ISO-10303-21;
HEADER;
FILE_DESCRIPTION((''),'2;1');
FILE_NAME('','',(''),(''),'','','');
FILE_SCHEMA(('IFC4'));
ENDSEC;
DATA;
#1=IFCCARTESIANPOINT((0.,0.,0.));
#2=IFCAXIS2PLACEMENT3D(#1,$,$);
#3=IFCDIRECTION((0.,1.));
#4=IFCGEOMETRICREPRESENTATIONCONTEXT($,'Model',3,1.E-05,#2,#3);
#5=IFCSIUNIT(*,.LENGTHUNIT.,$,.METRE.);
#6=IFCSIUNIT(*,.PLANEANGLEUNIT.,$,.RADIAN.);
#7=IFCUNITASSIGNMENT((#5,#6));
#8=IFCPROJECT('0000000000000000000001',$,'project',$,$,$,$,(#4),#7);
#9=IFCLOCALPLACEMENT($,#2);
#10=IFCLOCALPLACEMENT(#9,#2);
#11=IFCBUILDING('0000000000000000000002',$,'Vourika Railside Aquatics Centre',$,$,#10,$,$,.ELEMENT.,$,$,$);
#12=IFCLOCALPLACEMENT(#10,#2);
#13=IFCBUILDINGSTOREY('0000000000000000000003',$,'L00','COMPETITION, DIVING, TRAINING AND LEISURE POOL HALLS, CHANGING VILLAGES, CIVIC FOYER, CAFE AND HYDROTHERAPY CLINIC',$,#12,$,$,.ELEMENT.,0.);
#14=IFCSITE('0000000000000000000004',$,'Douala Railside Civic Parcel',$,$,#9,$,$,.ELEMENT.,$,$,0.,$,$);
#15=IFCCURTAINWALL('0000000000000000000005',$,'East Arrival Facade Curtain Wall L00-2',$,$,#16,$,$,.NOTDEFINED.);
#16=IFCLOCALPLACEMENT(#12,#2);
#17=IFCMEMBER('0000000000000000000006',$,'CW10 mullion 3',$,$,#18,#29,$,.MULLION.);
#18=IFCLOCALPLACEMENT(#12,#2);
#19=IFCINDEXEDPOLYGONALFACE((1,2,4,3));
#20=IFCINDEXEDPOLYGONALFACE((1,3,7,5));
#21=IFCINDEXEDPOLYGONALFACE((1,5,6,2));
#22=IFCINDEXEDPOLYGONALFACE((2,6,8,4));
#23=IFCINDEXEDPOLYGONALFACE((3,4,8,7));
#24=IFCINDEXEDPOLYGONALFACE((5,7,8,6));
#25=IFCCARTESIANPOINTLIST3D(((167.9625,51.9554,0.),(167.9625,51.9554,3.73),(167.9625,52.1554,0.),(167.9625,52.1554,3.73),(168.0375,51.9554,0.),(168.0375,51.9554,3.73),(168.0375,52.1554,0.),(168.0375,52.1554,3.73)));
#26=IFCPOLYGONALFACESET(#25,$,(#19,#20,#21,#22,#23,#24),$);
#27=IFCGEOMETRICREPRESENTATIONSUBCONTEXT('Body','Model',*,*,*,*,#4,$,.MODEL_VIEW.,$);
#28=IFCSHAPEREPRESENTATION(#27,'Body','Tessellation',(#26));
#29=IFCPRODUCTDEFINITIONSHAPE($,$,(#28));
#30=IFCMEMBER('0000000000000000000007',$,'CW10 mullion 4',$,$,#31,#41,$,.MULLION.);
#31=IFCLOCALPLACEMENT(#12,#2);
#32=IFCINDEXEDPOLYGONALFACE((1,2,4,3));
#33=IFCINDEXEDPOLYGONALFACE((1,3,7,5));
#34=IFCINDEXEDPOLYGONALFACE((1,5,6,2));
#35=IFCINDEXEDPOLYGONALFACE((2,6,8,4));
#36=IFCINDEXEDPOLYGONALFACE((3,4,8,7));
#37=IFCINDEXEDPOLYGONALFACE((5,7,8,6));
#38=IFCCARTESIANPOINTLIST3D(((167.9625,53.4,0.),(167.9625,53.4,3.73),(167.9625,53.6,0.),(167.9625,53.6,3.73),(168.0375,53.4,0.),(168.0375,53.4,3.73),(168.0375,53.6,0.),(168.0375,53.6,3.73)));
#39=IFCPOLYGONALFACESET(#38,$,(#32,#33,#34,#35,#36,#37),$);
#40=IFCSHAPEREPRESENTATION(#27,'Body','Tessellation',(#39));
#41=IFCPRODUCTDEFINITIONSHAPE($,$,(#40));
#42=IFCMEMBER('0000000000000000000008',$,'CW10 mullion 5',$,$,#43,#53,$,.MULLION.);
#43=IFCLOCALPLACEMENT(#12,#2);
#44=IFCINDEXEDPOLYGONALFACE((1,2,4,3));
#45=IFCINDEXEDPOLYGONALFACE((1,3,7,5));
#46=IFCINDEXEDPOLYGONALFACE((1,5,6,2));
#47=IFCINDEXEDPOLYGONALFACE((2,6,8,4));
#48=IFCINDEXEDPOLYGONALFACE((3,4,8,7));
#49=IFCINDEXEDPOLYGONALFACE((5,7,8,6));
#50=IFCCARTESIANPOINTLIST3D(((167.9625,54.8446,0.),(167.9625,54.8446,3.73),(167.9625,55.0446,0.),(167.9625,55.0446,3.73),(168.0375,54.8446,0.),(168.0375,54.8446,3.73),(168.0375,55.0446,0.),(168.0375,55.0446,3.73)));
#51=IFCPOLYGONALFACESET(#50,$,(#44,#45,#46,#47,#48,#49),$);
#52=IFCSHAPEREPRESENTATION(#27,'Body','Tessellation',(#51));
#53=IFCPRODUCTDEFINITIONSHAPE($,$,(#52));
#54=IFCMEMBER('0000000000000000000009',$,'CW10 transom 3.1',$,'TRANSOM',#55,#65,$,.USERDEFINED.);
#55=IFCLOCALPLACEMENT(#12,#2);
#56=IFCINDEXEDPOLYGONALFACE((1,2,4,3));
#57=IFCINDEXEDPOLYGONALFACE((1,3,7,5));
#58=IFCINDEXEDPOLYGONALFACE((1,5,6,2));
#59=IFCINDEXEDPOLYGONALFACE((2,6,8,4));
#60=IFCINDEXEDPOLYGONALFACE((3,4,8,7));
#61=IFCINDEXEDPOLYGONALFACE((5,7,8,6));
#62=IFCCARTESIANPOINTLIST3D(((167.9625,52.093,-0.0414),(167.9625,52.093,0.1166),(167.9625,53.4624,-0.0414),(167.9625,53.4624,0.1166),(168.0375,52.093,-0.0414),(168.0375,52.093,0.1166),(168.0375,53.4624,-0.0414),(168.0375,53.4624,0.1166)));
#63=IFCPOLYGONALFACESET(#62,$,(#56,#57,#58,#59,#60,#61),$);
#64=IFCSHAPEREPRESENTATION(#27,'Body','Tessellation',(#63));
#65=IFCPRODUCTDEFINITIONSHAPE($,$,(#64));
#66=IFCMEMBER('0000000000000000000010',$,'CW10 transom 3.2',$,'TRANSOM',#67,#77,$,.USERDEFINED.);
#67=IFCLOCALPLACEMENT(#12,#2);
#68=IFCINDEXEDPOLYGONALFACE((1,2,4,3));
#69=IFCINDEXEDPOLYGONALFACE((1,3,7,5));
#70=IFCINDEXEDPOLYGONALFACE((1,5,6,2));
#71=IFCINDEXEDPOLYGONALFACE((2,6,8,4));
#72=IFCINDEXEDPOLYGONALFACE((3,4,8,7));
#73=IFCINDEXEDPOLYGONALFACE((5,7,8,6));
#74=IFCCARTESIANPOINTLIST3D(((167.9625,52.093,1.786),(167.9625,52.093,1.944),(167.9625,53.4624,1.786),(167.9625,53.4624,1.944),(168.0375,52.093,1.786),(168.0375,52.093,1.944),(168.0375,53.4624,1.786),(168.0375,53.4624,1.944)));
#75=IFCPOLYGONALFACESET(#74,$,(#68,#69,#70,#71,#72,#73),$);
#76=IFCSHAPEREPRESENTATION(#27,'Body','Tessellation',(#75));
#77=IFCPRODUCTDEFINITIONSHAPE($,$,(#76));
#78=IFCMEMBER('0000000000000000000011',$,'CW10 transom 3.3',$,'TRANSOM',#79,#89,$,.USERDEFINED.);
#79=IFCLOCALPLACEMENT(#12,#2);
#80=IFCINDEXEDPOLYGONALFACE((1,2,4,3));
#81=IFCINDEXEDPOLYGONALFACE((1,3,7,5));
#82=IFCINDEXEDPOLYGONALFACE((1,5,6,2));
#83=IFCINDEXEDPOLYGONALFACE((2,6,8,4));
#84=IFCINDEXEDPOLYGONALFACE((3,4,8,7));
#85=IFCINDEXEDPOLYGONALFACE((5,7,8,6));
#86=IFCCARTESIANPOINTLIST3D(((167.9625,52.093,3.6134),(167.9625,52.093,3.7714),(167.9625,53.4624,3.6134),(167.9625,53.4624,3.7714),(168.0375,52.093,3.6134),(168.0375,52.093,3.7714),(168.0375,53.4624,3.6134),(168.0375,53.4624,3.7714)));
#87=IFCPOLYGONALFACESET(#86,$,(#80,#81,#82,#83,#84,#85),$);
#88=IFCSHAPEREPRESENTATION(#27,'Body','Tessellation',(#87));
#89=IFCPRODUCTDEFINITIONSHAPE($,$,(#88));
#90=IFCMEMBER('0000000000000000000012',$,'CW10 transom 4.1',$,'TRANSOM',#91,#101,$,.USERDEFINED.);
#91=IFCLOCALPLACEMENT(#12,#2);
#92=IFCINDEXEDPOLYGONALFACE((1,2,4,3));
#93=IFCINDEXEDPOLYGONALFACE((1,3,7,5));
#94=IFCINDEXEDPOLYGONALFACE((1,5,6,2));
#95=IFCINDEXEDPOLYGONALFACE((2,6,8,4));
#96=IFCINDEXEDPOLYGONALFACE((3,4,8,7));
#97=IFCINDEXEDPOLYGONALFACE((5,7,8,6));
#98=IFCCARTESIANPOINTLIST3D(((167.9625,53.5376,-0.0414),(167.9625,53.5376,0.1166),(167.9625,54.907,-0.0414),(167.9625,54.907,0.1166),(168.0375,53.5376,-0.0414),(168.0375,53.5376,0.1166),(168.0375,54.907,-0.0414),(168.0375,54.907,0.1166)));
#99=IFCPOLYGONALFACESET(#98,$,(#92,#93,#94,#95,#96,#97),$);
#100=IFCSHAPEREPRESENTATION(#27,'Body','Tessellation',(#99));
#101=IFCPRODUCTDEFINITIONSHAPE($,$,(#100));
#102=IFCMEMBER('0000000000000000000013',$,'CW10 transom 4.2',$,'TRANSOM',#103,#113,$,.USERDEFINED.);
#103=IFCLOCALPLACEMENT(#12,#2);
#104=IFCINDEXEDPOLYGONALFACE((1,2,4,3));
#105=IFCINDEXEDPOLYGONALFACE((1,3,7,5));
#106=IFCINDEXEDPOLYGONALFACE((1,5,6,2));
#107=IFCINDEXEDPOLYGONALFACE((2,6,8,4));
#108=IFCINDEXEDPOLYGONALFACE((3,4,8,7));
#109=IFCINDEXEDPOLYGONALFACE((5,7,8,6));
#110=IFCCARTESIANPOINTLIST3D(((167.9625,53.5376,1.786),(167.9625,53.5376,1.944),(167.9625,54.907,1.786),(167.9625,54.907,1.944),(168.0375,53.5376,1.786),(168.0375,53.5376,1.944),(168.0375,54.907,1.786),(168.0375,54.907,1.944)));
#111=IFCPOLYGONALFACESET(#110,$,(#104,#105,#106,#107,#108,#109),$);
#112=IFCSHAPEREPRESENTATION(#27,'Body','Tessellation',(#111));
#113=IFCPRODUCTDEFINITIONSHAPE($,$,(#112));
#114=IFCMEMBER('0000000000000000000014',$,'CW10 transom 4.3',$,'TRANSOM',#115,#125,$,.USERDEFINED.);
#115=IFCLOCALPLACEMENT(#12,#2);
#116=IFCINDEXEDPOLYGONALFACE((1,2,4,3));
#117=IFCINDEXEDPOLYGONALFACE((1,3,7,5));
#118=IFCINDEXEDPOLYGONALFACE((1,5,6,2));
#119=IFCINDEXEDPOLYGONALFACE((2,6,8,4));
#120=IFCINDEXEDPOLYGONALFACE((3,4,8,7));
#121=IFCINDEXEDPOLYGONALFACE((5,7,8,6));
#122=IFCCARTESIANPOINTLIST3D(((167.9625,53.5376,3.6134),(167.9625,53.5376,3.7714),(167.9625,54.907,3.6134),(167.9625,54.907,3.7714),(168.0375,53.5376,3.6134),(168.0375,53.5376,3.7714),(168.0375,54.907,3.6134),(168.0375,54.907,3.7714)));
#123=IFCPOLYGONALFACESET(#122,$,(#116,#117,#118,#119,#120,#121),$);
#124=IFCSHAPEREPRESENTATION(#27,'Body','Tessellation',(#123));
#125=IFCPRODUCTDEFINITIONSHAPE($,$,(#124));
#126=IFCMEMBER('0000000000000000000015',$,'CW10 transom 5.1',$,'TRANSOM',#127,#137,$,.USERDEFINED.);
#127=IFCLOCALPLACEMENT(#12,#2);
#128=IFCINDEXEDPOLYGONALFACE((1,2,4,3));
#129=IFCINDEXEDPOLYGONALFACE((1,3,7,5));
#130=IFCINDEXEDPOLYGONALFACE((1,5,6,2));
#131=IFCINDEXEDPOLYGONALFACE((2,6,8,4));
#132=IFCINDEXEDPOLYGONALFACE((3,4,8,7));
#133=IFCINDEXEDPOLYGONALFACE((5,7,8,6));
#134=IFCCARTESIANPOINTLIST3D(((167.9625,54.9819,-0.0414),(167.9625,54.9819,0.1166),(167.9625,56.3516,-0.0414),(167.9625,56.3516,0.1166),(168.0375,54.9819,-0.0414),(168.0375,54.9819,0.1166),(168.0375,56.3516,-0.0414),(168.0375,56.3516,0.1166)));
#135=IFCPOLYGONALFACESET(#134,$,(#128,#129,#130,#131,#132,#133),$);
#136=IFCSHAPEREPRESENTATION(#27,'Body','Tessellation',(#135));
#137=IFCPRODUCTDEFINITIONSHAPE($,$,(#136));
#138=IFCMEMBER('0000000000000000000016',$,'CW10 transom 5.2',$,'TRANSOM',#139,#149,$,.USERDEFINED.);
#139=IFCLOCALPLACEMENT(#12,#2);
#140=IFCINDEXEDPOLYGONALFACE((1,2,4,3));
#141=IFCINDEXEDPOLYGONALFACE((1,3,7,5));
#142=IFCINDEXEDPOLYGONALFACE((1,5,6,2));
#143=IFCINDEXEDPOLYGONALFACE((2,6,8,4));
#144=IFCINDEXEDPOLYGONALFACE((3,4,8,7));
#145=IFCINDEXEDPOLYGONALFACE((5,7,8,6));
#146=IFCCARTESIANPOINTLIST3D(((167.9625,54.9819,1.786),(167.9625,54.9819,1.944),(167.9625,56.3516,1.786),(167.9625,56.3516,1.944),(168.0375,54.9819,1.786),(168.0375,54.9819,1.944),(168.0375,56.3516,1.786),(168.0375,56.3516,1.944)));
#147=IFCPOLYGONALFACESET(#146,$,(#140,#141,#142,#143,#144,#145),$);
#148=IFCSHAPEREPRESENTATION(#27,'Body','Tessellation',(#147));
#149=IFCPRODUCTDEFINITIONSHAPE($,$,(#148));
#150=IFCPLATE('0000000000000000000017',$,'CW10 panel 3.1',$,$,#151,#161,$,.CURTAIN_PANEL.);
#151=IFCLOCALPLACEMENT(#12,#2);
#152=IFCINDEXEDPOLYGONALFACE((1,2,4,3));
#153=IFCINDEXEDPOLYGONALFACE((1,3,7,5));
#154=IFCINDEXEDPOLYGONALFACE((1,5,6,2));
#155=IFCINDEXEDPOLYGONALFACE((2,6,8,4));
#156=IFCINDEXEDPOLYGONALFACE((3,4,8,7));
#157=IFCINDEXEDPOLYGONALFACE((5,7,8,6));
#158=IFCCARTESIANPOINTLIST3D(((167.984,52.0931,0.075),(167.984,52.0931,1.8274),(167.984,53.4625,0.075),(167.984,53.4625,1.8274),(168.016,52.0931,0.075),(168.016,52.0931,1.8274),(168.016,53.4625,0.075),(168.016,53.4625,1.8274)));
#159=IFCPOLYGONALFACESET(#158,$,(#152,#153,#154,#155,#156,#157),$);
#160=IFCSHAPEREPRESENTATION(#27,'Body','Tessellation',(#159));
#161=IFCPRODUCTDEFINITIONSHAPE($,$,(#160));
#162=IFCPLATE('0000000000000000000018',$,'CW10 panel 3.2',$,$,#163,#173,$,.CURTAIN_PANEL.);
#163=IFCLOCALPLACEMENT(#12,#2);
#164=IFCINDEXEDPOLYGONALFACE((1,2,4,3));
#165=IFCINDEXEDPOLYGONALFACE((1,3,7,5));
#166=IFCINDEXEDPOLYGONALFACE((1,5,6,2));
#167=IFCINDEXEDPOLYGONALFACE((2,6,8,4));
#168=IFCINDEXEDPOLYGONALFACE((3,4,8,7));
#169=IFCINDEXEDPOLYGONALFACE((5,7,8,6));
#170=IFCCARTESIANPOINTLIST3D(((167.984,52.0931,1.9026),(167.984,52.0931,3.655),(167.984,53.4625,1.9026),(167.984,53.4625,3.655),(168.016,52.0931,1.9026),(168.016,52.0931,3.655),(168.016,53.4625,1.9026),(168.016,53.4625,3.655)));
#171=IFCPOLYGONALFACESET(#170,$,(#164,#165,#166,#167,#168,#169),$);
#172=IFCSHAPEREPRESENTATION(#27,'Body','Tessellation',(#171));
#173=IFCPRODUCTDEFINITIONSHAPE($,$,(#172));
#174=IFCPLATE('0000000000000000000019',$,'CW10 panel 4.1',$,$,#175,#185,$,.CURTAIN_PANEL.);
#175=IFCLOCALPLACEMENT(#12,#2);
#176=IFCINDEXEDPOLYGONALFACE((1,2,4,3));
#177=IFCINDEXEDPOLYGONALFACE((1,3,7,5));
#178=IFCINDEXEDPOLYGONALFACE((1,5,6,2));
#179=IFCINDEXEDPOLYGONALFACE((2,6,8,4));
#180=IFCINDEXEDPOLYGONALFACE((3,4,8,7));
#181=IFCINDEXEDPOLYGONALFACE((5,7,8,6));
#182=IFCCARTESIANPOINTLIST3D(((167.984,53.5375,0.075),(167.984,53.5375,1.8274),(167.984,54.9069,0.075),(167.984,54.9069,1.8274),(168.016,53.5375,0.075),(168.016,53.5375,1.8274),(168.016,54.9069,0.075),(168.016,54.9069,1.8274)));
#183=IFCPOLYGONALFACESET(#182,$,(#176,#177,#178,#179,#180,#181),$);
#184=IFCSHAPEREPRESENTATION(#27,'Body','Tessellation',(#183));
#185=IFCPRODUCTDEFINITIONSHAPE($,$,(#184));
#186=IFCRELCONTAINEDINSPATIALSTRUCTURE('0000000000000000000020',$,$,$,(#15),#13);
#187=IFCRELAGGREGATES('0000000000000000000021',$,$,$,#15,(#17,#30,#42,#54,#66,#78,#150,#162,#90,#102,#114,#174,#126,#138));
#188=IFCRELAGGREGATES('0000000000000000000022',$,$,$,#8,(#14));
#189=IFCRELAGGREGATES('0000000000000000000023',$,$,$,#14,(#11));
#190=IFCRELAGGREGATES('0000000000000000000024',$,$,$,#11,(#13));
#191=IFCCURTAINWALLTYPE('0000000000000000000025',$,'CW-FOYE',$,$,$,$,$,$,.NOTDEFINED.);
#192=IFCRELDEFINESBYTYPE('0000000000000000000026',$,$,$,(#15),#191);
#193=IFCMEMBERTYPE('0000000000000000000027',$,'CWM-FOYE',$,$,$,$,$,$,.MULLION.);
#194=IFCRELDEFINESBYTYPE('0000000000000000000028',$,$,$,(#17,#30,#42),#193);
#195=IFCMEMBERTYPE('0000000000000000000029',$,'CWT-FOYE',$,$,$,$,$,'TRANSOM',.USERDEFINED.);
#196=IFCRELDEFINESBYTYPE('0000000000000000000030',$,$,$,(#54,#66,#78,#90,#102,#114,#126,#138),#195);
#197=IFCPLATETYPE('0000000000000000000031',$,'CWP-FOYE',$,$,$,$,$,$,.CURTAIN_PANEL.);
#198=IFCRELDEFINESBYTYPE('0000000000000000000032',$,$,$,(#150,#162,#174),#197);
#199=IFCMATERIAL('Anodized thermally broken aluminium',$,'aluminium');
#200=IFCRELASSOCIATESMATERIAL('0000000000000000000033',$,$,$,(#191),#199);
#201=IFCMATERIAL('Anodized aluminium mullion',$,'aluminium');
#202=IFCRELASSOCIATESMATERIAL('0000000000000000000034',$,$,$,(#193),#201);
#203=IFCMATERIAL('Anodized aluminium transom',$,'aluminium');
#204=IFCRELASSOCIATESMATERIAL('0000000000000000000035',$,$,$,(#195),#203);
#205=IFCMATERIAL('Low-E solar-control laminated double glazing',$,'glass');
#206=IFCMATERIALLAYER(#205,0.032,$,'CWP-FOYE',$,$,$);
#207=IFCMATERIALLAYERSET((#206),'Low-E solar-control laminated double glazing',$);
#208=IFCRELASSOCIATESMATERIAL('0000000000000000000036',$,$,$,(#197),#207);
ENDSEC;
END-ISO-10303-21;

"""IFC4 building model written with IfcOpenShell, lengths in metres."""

from ifc_helpers import new_model, si_unit, direction, frame, origin, origin_2d, place, context, subcontext, project, spatial, rectangle, extrude, material, layer, layer_set, material_profile, profile_set, type_object, element, aggregate, save


model = new_model("IFC4")

# Units and contexts
model_context = context("Model", 3, precision=1e-05, world=origin(), true_north=direction((0.0, 1.0)))
body_context = subcontext(model_context, "Body", "Model", "MODEL_VIEW")
ifc_project = project(units=[si_unit("LENGTHUNIT", "METRE"), si_unit("PLANEANGLEUNIT", "RADIAN")], contexts=[model_context])

# Site, building, storey
site_placement = place(None, origin())
site = spatial("IfcSite", under=ifc_project, at=site_placement, Name="Douala Railside Civic Parcel", CompositionType="ELEMENT", RefElevation=0.0)
building_placement = place(site_placement, origin())
building = spatial("IfcBuilding", under=site, at=building_placement, Name="Vourika Railside Aquatics Centre", CompositionType="ELEMENT")
storey_placement = place(building_placement, origin())
storey = spatial("IfcBuildingStorey", under=building, at=storey_placement, Name="L00", Description="COMPETITION, DIVING, TRAINING AND LEISURE POOL HALLS, CHANGING VILLAGES, CIVIC FOYER, CAFE AND HYDROTHERAPY CLINIC", CompositionType="ELEMENT", Elevation=0.0)

# Curtain wall, members, plates
ifc_material_1 = material(Name="Anodized thermally broken aluminium", Category="aluminium")
curtain_wall_type = type_object("IfcCurtainWallType", Name="CW-FOYE", PredefinedType="NOTDEFINED", material=ifc_material_1)
curtain_wall_placement = place(storey_placement, origin())
curtain_wall = element("IfcCurtainWall", 1, at=curtain_wall_placement, inside=storey, type_object=curtain_wall_type, Name="East Arrival Facade Curtain Wall L00-2", PredefinedType="NOTDEFINED")
ifc_material_2 = material(Name="Anodized aluminium mullion", Category="aluminium")
ifc_material_profile_1 = material_profile(ifc_material_2, rectangle(XDim=0.075, YDim=0.2, at=origin_2d()), Name="ALU-M 75x200")
ifc_profile_set_1 = profile_set([ifc_material_profile_1], Name="Anodized aluminium mullion")
member_type_1 = type_object("IfcMemberType", Name="CWM-FOYE", PredefinedType="MULLION", material=ifc_profile_set_1)
member_1_placement = place(storey_placement, frame((168.0, 52.0554, 0.0), z_axis=(0.0, 0.0, 1.0), x_axis=(-1.0, 0.0, 0.0)))
member_1 = element("IfcMember", 2, at=member_1_placement, type_object=member_type_1, Name="CW10 mullion 3", PredefinedType="MULLION", context=body_context, shape_type="SweptSolid", body=[
    extrude(rectangle(XDim=0.075, YDim=0.2, at=origin_2d()), origin(), (0.0, 0.0, 1.0), 3.73),
])
member_2_placement = place(storey_placement, frame((168.0, 53.5, 0.0), z_axis=(0.0, 0.0, 1.0), x_axis=(-1.0, 0.0, 0.0)))
member_2 = element("IfcMember", 3, at=member_2_placement, type_object=member_type_1, Name="CW10 mullion 4", PredefinedType="MULLION", context=body_context, shape_type="SweptSolid", body=[
    extrude(rectangle(XDim=0.075, YDim=0.2, at=origin_2d()), origin(), (0.0, 0.0, 1.0), 3.73),
])
member_3_placement = place(storey_placement, frame((168.0, 54.9446, 0.0), z_axis=(0.0, 0.0, 1.0), x_axis=(-1.0, 0.0, 0.0)))
member_3 = element("IfcMember", 4, at=member_3_placement, type_object=member_type_1, Name="CW10 mullion 5", PredefinedType="MULLION", context=body_context, shape_type="SweptSolid", body=[
    extrude(rectangle(XDim=0.075, YDim=0.2, at=origin_2d()), origin(), (0.0, 0.0, 1.0), 3.73),
])
ifc_material_3 = material(Name="Anodized aluminium transom", Category="aluminium")
ifc_material_profile_2 = material_profile(ifc_material_3, rectangle(XDim=0.075, YDim=0.158, at=origin_2d()), Name="ALU-T 75x158")
ifc_profile_set_2 = profile_set([ifc_material_profile_2], Name="Anodized aluminium transom")
member_type_2 = type_object("IfcMemberType", Name="CWT-FOYE", ElementType="TRANSOM", PredefinedType="USERDEFINED", material=ifc_profile_set_2)
member_4_placement = place(storey_placement, frame((168.0, 52.093, 0.0376), z_axis=(0.0, 1.0, 0.0), x_axis=(-1.0, 0.0, 0.0)))
member_4 = element("IfcMember", 5, at=member_4_placement, type_object=member_type_2, Name="CW10 transom 3.1", ObjectType="TRANSOM", PredefinedType="USERDEFINED", context=body_context, shape_type="SweptSolid", body=[
    extrude(rectangle(XDim=0.075, YDim=0.158, at=origin_2d()), origin(), (0.0, 0.0, 1.0), 1.3694),
])
member_5_placement = place(storey_placement, frame((168.0, 52.093, 1.865), z_axis=(0.0, 1.0, 0.0), x_axis=(-1.0, 0.0, 0.0)))
member_5 = element("IfcMember", 6, at=member_5_placement, type_object=member_type_2, Name="CW10 transom 3.2", ObjectType="TRANSOM", PredefinedType="USERDEFINED", context=body_context, shape_type="SweptSolid", body=[
    extrude(rectangle(XDim=0.075, YDim=0.158, at=origin_2d()), origin(), (0.0, 0.0, 1.0), 1.3694),
])
member_6_placement = place(storey_placement, frame((168.0, 52.093, 3.6924), z_axis=(0.0, 1.0, 0.0), x_axis=(-1.0, 0.0, 0.0)))
member_6 = element("IfcMember", 7, at=member_6_placement, type_object=member_type_2, Name="CW10 transom 3.3", ObjectType="TRANSOM", PredefinedType="USERDEFINED", context=body_context, shape_type="SweptSolid", body=[
    extrude(rectangle(XDim=0.075, YDim=0.158, at=origin_2d()), origin(), (0.0, 0.0, 1.0), 1.3694),
])
member_7_placement = place(storey_placement, frame((168.0, 53.5376, 0.0376), z_axis=(0.0, 1.0, 0.0), x_axis=(-1.0, 0.0, 0.0)))
member_7 = element("IfcMember", 8, at=member_7_placement, type_object=member_type_2, Name="CW10 transom 4.1", ObjectType="TRANSOM", PredefinedType="USERDEFINED", context=body_context, shape_type="SweptSolid", body=[
    extrude(rectangle(XDim=0.075, YDim=0.158, at=origin_2d()), origin(), (0.0, 0.0, 1.0), 1.3694),
])
member_8_placement = place(storey_placement, frame((168.0, 53.5376, 1.865), z_axis=(0.0, 1.0, 0.0), x_axis=(-1.0, 0.0, 0.0)))
member_8 = element("IfcMember", 9, at=member_8_placement, type_object=member_type_2, Name="CW10 transom 4.2", ObjectType="TRANSOM", PredefinedType="USERDEFINED", context=body_context, shape_type="SweptSolid", body=[
    extrude(rectangle(XDim=0.075, YDim=0.158, at=origin_2d()), origin(), (0.0, 0.0, 1.0), 1.3694),
])
member_9_placement = place(storey_placement, frame((168.0, 53.5376, 3.6924), z_axis=(0.0, 1.0, 0.0), x_axis=(-1.0, 0.0, 0.0)))
member_9 = element("IfcMember", 10, at=member_9_placement, type_object=member_type_2, Name="CW10 transom 4.3", ObjectType="TRANSOM", PredefinedType="USERDEFINED", context=body_context, shape_type="SweptSolid", body=[
    extrude(rectangle(XDim=0.075, YDim=0.158, at=origin_2d()), origin(), (0.0, 0.0, 1.0), 1.3694),
])
member_10_placement = place(storey_placement, frame((168.0, 54.9819, 0.0376), z_axis=(0.0, 1.0, 0.0), x_axis=(-1.0, 0.0, 0.0)))
member_10 = element("IfcMember", 11, at=member_10_placement, type_object=member_type_2, Name="CW10 transom 5.1", ObjectType="TRANSOM", PredefinedType="USERDEFINED", context=body_context, shape_type="SweptSolid", body=[
    extrude(rectangle(XDim=0.075, YDim=0.158, at=origin_2d()), origin(), (0.0, 0.0, 1.0), 1.3696),
])
member_11_placement = place(storey_placement, frame((168.0, 54.9819, 1.865), z_axis=(0.0, 1.0, 0.0), x_axis=(-1.0, 0.0, 0.0)))
member_11 = element("IfcMember", 12, at=member_11_placement, type_object=member_type_2, Name="CW10 transom 5.2", ObjectType="TRANSOM", PredefinedType="USERDEFINED", context=body_context, shape_type="SweptSolid", body=[
    extrude(rectangle(XDim=0.075, YDim=0.158, at=origin_2d()), origin(), (0.0, 0.0, 1.0), 1.3696),
])
ifc_material_4 = material(Name="Low-E solar-control laminated double glazing", Category="glass")
ifc_layer = layer(ifc_material_4, 0.032, Name="CWP-FOYE")
ifc_layer_set = layer_set([ifc_layer], Name="Low-E solar-control laminated double glazing")
plate_type = type_object("IfcPlateType", Name="CWP-FOYE", PredefinedType="CURTAIN_PANEL", material=ifc_layer_set)
plate_1_placement = place(storey_placement, frame((168.0, 52.7778, 0.075), z_axis=(0.0, 0.0, 1.0), x_axis=(0.0, 1.0, 0.0)))
plate_1 = element("IfcPlate", 13, at=plate_1_placement, type_object=plate_type, Name="CW10 panel 3.1", PredefinedType="CURTAIN_PANEL", context=body_context, shape_type="SweptSolid", body=[
    extrude(rectangle(XDim=1.3694, YDim=0.032, at=origin_2d()), origin(), (0.0, 0.0, 1.0), 1.7524),
])
plate_2_placement = place(storey_placement, frame((168.0, 52.7778, 1.9026), z_axis=(0.0, 0.0, 1.0), x_axis=(0.0, 1.0, 0.0)))
plate_2 = element("IfcPlate", 14, at=plate_2_placement, type_object=plate_type, Name="CW10 panel 3.2", PredefinedType="CURTAIN_PANEL", context=body_context, shape_type="SweptSolid", body=[
    extrude(rectangle(XDim=1.3694, YDim=0.032, at=origin_2d()), origin(), (0.0, 0.0, 1.0), 1.7524),
])
plate_3_placement = place(storey_placement, frame((168.0, 54.2222, 0.075), z_axis=(0.0, 0.0, 1.0), x_axis=(0.0, 1.0, 0.0)))
plate_3 = element("IfcPlate", 15, at=plate_3_placement, type_object=plate_type, Name="CW10 panel 4.1", PredefinedType="CURTAIN_PANEL", context=body_context, shape_type="SweptSolid", body=[
    extrude(rectangle(XDim=1.3694, YDim=0.032, at=origin_2d()), origin(), (0.0, 0.0, 1.0), 1.7524),
])
aggregate(curtain_wall, [member_1, member_2, member_3, member_4, member_5, member_6, plate_1, plate_2, member_7, member_8, member_9, plate_3, member_10, member_11])

save(model, "model.ifc")
